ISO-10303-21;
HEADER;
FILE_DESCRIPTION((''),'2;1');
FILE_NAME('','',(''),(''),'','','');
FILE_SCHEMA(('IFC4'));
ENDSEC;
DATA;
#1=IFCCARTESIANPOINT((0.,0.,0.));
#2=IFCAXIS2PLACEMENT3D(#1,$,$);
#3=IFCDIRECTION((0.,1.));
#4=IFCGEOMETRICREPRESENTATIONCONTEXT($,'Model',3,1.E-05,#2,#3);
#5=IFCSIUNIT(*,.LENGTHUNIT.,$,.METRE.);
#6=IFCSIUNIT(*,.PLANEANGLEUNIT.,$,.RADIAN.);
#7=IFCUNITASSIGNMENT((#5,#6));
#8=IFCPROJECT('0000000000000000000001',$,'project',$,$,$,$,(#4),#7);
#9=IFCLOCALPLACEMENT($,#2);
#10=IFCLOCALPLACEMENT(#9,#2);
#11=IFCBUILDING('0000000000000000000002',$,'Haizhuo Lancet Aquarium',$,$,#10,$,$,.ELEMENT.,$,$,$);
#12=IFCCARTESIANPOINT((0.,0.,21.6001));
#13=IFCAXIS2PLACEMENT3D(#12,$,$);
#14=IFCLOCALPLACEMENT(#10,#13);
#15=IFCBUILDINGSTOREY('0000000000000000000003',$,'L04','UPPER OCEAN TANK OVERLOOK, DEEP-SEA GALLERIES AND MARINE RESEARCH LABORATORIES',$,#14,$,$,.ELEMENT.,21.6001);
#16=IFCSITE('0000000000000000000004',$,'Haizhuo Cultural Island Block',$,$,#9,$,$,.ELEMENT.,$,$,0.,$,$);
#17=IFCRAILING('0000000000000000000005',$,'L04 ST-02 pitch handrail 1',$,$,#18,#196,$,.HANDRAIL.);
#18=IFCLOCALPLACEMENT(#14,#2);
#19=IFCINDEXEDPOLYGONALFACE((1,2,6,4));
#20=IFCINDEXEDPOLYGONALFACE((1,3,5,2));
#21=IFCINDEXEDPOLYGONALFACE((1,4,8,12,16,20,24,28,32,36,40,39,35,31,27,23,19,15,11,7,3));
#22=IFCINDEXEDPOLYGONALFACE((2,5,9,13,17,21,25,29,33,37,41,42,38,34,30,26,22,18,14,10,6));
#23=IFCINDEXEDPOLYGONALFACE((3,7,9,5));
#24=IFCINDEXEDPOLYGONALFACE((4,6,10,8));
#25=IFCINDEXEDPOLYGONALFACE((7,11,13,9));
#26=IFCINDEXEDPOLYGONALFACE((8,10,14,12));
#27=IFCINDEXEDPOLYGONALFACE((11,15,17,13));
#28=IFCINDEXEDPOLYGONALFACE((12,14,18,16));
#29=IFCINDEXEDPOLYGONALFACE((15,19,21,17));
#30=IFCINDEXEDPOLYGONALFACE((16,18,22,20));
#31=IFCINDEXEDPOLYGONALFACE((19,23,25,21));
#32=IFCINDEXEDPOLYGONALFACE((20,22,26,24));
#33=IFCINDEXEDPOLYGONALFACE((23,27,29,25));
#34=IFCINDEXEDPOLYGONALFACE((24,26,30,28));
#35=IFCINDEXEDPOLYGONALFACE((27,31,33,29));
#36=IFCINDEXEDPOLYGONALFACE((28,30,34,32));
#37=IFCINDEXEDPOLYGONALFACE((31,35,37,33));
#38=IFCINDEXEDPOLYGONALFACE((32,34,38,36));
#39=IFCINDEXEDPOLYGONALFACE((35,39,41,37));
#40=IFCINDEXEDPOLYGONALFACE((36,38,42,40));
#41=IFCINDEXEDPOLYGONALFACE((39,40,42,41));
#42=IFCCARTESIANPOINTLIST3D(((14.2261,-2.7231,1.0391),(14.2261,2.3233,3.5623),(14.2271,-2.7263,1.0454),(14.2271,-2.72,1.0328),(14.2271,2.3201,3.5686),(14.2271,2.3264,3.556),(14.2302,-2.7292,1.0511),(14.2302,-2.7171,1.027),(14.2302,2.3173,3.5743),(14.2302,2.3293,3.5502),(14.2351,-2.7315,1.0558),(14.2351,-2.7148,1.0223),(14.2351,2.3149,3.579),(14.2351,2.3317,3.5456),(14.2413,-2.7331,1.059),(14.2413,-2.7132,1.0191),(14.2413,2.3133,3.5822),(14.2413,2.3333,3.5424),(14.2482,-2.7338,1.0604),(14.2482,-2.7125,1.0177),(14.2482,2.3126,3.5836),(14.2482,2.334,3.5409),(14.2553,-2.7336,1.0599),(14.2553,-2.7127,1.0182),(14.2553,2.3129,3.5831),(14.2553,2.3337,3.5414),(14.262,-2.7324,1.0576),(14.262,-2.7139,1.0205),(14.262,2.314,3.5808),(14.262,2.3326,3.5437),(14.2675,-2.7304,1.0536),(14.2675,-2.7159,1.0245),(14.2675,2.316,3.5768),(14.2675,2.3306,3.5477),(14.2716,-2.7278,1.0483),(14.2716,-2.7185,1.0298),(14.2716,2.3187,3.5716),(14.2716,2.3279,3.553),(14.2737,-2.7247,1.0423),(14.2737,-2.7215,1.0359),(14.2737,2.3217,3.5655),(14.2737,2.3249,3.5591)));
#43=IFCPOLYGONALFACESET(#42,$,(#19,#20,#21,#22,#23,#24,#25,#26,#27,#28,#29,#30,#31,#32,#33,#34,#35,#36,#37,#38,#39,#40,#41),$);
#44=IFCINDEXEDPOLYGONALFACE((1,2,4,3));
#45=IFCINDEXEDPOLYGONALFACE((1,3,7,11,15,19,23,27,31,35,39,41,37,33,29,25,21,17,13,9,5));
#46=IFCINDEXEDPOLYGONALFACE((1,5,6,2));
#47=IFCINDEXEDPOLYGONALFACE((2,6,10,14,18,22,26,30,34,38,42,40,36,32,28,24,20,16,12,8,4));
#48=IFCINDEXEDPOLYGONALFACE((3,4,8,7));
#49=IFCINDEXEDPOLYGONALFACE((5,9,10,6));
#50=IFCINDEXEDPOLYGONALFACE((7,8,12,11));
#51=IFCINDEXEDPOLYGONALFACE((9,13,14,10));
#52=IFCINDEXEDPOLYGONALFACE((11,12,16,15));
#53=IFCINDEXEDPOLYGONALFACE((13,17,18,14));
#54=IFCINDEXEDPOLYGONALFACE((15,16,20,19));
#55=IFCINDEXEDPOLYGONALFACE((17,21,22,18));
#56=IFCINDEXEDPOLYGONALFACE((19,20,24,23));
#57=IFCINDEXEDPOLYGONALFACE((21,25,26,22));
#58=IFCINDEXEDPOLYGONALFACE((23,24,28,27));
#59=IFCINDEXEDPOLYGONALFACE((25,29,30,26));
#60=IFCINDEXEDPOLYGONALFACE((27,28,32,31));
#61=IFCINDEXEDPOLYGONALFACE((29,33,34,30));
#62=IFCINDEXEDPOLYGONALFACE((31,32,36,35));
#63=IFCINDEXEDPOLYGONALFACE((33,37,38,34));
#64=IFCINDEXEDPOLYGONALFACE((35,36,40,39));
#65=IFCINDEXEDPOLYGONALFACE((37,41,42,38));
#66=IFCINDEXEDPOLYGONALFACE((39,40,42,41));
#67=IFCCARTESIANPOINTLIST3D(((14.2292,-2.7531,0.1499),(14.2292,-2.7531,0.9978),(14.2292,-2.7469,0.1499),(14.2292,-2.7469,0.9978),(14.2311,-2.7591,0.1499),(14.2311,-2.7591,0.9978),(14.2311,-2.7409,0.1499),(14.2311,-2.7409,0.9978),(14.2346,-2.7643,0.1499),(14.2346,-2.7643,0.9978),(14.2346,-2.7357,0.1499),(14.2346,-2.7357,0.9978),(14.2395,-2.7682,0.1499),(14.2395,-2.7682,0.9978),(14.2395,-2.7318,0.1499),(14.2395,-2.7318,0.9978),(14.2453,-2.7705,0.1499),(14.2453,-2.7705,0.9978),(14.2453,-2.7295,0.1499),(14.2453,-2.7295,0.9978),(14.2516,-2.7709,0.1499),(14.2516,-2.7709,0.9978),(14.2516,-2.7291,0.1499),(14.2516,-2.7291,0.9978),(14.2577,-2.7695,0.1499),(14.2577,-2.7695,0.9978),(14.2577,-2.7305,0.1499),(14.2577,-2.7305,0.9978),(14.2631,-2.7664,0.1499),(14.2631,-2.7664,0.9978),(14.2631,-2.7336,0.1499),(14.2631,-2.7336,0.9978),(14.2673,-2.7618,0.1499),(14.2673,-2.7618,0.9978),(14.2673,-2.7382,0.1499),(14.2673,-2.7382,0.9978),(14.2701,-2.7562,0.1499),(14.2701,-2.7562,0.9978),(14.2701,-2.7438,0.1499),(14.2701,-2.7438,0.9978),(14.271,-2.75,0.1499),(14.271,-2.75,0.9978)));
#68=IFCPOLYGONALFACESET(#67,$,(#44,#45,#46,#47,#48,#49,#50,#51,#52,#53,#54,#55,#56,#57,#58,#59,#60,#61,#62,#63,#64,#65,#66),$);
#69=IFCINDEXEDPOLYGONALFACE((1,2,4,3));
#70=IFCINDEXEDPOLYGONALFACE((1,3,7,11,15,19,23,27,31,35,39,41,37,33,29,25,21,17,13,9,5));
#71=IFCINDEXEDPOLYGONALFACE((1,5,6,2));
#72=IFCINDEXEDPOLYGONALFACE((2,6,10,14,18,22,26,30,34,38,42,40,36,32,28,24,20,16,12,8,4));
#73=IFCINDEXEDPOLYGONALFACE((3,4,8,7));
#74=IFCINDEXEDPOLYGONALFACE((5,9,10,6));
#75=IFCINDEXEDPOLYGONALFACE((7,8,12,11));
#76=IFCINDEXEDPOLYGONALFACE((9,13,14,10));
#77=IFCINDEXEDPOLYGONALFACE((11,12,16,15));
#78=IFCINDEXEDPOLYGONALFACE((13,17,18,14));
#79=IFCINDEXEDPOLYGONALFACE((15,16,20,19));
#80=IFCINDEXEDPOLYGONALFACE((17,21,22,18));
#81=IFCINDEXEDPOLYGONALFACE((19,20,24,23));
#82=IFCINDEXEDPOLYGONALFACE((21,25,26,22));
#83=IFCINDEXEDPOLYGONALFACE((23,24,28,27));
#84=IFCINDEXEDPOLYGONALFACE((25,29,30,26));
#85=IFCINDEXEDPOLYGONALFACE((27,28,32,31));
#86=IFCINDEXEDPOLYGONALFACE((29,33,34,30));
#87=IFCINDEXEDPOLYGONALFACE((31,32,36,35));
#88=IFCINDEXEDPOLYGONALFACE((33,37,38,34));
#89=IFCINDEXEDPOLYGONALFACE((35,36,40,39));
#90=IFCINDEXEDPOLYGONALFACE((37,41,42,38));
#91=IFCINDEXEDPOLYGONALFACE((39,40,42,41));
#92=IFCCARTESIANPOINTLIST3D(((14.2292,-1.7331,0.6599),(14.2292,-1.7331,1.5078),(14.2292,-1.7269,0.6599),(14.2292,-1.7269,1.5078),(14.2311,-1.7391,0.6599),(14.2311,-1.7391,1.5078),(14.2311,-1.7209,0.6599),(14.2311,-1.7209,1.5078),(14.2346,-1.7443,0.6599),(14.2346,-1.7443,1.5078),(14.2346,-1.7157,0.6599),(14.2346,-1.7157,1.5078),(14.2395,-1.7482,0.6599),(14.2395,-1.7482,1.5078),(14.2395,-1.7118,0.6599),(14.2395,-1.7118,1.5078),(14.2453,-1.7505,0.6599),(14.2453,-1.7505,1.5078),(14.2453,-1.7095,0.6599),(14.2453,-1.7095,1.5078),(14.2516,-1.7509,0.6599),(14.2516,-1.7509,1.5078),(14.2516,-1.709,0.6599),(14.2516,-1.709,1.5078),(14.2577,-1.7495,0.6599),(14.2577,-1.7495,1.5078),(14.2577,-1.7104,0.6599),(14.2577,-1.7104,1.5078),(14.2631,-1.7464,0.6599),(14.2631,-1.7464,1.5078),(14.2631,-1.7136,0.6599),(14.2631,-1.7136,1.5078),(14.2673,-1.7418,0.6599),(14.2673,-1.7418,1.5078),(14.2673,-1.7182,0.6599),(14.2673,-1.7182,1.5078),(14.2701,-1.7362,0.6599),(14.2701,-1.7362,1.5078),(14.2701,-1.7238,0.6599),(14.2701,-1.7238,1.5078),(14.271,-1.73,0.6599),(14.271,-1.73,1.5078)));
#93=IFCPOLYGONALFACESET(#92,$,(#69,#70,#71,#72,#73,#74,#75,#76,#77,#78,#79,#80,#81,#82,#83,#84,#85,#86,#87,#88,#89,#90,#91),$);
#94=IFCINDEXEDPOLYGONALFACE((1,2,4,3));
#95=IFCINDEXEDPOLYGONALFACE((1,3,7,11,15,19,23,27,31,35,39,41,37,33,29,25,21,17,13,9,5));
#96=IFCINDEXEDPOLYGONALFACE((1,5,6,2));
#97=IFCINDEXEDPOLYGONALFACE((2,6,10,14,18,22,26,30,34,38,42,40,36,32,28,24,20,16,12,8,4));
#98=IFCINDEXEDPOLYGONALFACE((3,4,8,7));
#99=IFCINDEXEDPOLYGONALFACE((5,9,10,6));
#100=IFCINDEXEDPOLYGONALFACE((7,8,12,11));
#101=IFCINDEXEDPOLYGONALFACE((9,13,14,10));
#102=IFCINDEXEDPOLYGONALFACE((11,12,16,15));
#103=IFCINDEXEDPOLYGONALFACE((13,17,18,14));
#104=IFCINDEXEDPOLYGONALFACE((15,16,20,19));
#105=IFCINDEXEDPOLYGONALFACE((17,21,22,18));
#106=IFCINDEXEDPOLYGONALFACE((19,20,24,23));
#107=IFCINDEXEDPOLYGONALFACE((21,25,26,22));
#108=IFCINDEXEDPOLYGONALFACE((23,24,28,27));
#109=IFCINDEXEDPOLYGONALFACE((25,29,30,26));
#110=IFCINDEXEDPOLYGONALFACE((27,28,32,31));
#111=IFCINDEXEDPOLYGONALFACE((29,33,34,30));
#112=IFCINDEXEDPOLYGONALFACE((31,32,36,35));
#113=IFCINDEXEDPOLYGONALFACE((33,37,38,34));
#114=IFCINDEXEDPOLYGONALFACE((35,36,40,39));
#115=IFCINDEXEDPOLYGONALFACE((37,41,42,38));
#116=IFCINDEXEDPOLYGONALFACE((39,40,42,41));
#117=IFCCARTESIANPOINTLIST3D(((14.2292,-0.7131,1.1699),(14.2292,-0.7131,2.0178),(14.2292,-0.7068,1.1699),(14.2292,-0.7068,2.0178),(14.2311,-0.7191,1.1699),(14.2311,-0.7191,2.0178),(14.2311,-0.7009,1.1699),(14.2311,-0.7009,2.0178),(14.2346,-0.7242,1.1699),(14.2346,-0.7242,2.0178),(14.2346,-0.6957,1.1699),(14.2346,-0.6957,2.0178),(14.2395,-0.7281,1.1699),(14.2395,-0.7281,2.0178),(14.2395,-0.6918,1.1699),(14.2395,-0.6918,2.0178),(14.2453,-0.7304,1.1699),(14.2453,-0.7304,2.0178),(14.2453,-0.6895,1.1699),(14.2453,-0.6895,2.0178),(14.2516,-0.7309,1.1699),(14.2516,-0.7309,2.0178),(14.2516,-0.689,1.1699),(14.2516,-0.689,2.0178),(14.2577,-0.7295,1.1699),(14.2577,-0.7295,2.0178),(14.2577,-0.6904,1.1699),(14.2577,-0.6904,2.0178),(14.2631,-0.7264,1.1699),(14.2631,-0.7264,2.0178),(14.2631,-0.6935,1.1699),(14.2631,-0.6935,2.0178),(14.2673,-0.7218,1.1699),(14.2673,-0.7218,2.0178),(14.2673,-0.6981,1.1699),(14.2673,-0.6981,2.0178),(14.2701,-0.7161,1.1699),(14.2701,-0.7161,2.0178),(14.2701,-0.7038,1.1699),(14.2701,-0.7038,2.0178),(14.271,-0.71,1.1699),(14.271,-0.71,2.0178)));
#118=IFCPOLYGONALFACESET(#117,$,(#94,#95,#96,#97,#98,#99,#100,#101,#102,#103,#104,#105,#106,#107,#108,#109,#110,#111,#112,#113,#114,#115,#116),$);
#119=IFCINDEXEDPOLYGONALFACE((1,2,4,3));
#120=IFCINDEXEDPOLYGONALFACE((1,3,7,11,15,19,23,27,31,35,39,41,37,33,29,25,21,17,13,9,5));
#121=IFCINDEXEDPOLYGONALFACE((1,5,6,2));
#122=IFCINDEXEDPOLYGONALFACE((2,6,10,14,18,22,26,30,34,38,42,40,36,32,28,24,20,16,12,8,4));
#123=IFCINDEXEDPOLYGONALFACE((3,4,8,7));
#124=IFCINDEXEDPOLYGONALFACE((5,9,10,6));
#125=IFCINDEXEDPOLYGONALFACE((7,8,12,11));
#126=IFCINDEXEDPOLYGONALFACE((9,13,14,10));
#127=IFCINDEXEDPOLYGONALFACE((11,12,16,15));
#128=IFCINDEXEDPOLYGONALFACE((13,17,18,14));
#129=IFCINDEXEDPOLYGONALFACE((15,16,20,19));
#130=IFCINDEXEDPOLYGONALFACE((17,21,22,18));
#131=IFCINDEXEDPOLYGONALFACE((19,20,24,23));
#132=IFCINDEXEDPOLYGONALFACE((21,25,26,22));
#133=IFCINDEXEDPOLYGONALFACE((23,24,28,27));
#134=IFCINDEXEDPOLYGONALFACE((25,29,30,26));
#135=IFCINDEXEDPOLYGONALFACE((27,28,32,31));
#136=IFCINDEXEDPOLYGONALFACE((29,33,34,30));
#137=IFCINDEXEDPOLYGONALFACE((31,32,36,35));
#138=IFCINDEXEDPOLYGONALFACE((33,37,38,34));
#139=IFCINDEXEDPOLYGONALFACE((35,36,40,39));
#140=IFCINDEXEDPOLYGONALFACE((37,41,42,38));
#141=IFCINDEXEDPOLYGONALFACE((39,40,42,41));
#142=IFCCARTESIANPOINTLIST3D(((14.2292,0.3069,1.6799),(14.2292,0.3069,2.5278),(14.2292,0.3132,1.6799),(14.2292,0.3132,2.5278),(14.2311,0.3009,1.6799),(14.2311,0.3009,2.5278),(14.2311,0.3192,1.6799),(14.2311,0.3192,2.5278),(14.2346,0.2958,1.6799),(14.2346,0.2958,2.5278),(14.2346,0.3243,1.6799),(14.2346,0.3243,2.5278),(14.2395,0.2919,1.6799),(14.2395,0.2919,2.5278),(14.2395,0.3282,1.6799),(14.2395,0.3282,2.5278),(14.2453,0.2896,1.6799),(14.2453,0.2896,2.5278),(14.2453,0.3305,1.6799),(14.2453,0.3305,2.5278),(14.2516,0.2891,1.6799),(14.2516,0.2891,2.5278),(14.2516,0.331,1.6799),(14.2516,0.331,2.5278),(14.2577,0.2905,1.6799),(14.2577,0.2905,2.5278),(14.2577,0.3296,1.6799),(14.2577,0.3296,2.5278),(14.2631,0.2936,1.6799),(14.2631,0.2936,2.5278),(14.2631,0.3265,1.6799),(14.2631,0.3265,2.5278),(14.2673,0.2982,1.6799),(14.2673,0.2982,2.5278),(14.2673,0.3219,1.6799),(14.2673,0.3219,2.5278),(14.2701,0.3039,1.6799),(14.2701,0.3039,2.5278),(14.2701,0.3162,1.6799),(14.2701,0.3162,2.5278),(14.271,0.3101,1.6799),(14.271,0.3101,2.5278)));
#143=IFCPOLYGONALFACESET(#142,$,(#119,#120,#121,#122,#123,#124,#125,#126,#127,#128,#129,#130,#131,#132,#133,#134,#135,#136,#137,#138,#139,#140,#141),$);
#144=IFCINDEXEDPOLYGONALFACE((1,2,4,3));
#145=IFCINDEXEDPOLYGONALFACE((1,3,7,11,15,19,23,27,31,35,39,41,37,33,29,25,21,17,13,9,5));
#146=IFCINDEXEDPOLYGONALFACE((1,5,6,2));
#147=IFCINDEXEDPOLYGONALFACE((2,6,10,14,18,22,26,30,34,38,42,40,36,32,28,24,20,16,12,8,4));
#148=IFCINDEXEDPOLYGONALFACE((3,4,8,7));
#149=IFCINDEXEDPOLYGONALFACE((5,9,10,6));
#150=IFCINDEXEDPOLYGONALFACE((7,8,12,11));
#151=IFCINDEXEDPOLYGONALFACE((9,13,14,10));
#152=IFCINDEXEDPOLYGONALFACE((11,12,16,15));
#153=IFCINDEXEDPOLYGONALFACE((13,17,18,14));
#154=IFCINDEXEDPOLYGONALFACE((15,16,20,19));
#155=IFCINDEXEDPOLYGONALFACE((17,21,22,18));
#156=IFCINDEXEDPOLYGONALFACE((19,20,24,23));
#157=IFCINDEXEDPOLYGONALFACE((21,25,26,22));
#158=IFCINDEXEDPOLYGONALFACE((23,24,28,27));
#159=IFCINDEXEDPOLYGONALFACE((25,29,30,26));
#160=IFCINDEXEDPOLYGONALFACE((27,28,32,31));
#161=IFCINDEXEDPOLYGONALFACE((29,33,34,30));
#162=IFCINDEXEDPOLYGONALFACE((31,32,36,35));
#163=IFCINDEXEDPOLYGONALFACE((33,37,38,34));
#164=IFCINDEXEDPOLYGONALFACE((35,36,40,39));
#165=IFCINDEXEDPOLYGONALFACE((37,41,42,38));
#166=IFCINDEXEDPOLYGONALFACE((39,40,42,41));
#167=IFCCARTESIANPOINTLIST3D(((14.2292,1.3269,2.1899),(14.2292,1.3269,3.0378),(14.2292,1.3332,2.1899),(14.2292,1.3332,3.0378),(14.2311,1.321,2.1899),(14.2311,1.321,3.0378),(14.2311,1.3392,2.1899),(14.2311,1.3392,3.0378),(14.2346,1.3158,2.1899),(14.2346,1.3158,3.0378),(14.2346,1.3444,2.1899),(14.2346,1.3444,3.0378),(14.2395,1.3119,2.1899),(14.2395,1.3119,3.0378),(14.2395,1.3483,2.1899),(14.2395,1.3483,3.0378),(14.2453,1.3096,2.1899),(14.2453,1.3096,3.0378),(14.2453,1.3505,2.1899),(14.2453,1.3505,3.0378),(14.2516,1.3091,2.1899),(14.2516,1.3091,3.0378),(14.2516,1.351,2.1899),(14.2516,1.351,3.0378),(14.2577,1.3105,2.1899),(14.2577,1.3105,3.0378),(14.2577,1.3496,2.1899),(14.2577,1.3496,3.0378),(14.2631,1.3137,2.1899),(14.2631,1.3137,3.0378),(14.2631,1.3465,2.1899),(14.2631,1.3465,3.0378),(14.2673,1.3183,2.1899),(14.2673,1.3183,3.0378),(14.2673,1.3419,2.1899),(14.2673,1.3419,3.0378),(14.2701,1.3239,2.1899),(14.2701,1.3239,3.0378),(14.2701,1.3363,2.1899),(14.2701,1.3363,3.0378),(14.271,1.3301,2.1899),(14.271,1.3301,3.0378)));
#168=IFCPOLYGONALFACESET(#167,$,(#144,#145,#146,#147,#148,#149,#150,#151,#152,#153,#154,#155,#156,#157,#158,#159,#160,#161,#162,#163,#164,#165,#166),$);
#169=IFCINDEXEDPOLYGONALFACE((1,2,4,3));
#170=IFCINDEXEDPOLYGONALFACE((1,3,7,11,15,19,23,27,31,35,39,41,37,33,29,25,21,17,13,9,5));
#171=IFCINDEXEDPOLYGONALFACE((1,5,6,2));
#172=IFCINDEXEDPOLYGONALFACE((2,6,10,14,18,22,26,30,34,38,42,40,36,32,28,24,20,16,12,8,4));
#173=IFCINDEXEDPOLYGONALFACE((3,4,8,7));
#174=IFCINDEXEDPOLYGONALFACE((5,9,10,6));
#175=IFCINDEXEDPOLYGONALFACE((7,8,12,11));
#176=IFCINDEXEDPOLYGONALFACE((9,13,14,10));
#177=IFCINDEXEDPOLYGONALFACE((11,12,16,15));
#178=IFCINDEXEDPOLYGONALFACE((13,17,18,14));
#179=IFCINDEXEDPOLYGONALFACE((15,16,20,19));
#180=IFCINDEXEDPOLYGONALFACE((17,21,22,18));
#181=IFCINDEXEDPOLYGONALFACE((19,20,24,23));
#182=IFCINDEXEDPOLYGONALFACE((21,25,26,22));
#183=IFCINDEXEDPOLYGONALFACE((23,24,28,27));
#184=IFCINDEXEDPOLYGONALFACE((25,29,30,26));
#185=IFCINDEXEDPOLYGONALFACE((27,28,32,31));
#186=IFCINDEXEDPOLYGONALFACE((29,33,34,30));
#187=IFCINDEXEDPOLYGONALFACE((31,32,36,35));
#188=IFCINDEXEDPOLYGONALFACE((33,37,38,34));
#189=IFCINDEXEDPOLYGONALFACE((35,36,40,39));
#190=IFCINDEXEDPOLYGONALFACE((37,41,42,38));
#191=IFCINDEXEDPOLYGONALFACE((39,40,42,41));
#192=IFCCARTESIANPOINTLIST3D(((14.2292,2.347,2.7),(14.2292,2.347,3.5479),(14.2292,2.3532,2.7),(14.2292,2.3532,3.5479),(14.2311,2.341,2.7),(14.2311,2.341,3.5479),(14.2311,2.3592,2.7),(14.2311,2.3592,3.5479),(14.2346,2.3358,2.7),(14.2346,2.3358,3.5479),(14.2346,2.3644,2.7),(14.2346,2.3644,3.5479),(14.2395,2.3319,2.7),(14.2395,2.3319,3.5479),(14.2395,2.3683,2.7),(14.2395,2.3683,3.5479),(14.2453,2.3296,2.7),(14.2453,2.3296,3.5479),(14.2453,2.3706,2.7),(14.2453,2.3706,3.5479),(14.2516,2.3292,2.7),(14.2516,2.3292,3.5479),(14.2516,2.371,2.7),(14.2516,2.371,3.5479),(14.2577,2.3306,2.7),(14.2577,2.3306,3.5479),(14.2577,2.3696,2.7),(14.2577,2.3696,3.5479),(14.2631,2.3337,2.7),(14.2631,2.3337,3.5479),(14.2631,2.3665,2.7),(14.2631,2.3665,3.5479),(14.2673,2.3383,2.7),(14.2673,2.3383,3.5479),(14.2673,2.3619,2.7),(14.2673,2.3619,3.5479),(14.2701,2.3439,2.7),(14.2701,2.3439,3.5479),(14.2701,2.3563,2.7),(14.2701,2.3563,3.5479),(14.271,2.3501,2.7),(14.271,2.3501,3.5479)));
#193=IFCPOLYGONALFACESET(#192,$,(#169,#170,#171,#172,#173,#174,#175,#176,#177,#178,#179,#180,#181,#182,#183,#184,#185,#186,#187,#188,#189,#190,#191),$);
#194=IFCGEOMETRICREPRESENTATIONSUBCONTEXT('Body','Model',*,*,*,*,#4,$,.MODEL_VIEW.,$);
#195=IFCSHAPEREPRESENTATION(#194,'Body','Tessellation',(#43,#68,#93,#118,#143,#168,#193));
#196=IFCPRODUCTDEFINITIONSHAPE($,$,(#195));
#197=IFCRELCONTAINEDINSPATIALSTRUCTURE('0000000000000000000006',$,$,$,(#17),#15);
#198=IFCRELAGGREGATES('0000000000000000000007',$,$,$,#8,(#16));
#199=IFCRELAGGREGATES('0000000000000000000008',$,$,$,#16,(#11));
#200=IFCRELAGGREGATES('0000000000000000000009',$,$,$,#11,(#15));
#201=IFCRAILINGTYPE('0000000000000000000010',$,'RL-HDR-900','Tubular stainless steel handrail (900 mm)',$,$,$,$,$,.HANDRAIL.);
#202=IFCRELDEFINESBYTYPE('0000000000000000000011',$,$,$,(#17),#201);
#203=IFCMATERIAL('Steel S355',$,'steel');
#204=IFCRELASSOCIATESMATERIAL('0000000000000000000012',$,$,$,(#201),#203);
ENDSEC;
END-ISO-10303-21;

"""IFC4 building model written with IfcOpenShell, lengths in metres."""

from ifc_helpers import new_model, si_unit, direction, frame, origin, origin_2d, place, context, subcontext, project, spatial, circle, extrude, material, type_object, element, save


model = new_model("IFC4")

# Units and contexts
model_context = context("Model", 3, precision=1e-05, world=origin(), true_north=direction((0.0, 1.0)))
body_context = subcontext(model_context, "Body", "Model", "MODEL_VIEW")
ifc_project = project(units=[si_unit("LENGTHUNIT", "METRE"), si_unit("PLANEANGLEUNIT", "RADIAN")], contexts=[model_context])

# Site, building, storey
site_placement = place(None, origin())
site = spatial("IfcSite", under=ifc_project, at=site_placement, Name="Haizhuo Cultural Island Block", CompositionType="ELEMENT", RefElevation=0.0)
building_placement = place(site_placement, origin())
building = spatial("IfcBuilding", under=site, at=building_placement, Name="Haizhuo Lancet Aquarium", CompositionType="ELEMENT")
storey_placement = place(building_placement, frame((0.0, 0.0, 21.6001)))
storey = spatial("IfcBuildingStorey", under=building, at=storey_placement, Name="L04", Description="UPPER OCEAN TANK OVERLOOK, DEEP-SEA GALLERIES AND MARINE RESEARCH LABORATORIES", CompositionType="ELEMENT", Elevation=21.6001)

# Shared definitions
ifc_material_1 = material(Name="Steel S355", Category="steel")

# Railing
railing_type_1 = type_object("IfcRailingType", Name="RL-HDR-900", Description="Tubular stainless steel handrail (900 mm)", PredefinedType="HANDRAIL", material=ifc_material_1)
railing_1_placement = place(storey_placement, frame((14.25, -2.75, 0.1499)))
element("IfcRailing", 1, at=railing_1_placement, inside=storey, type_object=railing_type_1, Name="L04 ST-02 pitch handrail 1", PredefinedType="HANDRAIL", context=body_context, shape_type="SweptSolid", body=[
    extrude(circle(Radius=0.0239, at=origin_2d()), frame((0.0, 0.0269, 0.8892), z_axis=(0.0, 0.894427, 0.447214), x_axis=(-1.0, 0.0, 0.0)), (0.0, 0.0, 1.0), 5.6421),
    extrude(circle(Radius=0.021, at=origin_2d()), origin(), (0.0, 0.0, 1.0), 0.8479),
    extrude(circle(Radius=0.021, at=origin_2d()), frame((0.0, 1.02, 0.51)), (0.0, 0.0, 1.0), 0.8479),
    extrude(circle(Radius=0.021, at=origin_2d()), frame((0.0, 2.04, 1.02)), (0.0, 0.0, 1.0), 0.8479),
    extrude(circle(Radius=0.021, at=origin_2d()), frame((0.0, 3.0601, 1.53)), (0.0, 0.0, 1.0), 0.8479),
    extrude(circle(Radius=0.021, at=origin_2d()), frame((0.0, 4.0801, 2.04)), (0.0, 0.0, 1.0), 0.8479),
    extrude(circle(Radius=0.021, at=origin_2d()), frame((0.0, 5.1001, 2.55)), (0.0, 0.0, 1.0), 0.8479),
])

save(model, "model.ifc")
